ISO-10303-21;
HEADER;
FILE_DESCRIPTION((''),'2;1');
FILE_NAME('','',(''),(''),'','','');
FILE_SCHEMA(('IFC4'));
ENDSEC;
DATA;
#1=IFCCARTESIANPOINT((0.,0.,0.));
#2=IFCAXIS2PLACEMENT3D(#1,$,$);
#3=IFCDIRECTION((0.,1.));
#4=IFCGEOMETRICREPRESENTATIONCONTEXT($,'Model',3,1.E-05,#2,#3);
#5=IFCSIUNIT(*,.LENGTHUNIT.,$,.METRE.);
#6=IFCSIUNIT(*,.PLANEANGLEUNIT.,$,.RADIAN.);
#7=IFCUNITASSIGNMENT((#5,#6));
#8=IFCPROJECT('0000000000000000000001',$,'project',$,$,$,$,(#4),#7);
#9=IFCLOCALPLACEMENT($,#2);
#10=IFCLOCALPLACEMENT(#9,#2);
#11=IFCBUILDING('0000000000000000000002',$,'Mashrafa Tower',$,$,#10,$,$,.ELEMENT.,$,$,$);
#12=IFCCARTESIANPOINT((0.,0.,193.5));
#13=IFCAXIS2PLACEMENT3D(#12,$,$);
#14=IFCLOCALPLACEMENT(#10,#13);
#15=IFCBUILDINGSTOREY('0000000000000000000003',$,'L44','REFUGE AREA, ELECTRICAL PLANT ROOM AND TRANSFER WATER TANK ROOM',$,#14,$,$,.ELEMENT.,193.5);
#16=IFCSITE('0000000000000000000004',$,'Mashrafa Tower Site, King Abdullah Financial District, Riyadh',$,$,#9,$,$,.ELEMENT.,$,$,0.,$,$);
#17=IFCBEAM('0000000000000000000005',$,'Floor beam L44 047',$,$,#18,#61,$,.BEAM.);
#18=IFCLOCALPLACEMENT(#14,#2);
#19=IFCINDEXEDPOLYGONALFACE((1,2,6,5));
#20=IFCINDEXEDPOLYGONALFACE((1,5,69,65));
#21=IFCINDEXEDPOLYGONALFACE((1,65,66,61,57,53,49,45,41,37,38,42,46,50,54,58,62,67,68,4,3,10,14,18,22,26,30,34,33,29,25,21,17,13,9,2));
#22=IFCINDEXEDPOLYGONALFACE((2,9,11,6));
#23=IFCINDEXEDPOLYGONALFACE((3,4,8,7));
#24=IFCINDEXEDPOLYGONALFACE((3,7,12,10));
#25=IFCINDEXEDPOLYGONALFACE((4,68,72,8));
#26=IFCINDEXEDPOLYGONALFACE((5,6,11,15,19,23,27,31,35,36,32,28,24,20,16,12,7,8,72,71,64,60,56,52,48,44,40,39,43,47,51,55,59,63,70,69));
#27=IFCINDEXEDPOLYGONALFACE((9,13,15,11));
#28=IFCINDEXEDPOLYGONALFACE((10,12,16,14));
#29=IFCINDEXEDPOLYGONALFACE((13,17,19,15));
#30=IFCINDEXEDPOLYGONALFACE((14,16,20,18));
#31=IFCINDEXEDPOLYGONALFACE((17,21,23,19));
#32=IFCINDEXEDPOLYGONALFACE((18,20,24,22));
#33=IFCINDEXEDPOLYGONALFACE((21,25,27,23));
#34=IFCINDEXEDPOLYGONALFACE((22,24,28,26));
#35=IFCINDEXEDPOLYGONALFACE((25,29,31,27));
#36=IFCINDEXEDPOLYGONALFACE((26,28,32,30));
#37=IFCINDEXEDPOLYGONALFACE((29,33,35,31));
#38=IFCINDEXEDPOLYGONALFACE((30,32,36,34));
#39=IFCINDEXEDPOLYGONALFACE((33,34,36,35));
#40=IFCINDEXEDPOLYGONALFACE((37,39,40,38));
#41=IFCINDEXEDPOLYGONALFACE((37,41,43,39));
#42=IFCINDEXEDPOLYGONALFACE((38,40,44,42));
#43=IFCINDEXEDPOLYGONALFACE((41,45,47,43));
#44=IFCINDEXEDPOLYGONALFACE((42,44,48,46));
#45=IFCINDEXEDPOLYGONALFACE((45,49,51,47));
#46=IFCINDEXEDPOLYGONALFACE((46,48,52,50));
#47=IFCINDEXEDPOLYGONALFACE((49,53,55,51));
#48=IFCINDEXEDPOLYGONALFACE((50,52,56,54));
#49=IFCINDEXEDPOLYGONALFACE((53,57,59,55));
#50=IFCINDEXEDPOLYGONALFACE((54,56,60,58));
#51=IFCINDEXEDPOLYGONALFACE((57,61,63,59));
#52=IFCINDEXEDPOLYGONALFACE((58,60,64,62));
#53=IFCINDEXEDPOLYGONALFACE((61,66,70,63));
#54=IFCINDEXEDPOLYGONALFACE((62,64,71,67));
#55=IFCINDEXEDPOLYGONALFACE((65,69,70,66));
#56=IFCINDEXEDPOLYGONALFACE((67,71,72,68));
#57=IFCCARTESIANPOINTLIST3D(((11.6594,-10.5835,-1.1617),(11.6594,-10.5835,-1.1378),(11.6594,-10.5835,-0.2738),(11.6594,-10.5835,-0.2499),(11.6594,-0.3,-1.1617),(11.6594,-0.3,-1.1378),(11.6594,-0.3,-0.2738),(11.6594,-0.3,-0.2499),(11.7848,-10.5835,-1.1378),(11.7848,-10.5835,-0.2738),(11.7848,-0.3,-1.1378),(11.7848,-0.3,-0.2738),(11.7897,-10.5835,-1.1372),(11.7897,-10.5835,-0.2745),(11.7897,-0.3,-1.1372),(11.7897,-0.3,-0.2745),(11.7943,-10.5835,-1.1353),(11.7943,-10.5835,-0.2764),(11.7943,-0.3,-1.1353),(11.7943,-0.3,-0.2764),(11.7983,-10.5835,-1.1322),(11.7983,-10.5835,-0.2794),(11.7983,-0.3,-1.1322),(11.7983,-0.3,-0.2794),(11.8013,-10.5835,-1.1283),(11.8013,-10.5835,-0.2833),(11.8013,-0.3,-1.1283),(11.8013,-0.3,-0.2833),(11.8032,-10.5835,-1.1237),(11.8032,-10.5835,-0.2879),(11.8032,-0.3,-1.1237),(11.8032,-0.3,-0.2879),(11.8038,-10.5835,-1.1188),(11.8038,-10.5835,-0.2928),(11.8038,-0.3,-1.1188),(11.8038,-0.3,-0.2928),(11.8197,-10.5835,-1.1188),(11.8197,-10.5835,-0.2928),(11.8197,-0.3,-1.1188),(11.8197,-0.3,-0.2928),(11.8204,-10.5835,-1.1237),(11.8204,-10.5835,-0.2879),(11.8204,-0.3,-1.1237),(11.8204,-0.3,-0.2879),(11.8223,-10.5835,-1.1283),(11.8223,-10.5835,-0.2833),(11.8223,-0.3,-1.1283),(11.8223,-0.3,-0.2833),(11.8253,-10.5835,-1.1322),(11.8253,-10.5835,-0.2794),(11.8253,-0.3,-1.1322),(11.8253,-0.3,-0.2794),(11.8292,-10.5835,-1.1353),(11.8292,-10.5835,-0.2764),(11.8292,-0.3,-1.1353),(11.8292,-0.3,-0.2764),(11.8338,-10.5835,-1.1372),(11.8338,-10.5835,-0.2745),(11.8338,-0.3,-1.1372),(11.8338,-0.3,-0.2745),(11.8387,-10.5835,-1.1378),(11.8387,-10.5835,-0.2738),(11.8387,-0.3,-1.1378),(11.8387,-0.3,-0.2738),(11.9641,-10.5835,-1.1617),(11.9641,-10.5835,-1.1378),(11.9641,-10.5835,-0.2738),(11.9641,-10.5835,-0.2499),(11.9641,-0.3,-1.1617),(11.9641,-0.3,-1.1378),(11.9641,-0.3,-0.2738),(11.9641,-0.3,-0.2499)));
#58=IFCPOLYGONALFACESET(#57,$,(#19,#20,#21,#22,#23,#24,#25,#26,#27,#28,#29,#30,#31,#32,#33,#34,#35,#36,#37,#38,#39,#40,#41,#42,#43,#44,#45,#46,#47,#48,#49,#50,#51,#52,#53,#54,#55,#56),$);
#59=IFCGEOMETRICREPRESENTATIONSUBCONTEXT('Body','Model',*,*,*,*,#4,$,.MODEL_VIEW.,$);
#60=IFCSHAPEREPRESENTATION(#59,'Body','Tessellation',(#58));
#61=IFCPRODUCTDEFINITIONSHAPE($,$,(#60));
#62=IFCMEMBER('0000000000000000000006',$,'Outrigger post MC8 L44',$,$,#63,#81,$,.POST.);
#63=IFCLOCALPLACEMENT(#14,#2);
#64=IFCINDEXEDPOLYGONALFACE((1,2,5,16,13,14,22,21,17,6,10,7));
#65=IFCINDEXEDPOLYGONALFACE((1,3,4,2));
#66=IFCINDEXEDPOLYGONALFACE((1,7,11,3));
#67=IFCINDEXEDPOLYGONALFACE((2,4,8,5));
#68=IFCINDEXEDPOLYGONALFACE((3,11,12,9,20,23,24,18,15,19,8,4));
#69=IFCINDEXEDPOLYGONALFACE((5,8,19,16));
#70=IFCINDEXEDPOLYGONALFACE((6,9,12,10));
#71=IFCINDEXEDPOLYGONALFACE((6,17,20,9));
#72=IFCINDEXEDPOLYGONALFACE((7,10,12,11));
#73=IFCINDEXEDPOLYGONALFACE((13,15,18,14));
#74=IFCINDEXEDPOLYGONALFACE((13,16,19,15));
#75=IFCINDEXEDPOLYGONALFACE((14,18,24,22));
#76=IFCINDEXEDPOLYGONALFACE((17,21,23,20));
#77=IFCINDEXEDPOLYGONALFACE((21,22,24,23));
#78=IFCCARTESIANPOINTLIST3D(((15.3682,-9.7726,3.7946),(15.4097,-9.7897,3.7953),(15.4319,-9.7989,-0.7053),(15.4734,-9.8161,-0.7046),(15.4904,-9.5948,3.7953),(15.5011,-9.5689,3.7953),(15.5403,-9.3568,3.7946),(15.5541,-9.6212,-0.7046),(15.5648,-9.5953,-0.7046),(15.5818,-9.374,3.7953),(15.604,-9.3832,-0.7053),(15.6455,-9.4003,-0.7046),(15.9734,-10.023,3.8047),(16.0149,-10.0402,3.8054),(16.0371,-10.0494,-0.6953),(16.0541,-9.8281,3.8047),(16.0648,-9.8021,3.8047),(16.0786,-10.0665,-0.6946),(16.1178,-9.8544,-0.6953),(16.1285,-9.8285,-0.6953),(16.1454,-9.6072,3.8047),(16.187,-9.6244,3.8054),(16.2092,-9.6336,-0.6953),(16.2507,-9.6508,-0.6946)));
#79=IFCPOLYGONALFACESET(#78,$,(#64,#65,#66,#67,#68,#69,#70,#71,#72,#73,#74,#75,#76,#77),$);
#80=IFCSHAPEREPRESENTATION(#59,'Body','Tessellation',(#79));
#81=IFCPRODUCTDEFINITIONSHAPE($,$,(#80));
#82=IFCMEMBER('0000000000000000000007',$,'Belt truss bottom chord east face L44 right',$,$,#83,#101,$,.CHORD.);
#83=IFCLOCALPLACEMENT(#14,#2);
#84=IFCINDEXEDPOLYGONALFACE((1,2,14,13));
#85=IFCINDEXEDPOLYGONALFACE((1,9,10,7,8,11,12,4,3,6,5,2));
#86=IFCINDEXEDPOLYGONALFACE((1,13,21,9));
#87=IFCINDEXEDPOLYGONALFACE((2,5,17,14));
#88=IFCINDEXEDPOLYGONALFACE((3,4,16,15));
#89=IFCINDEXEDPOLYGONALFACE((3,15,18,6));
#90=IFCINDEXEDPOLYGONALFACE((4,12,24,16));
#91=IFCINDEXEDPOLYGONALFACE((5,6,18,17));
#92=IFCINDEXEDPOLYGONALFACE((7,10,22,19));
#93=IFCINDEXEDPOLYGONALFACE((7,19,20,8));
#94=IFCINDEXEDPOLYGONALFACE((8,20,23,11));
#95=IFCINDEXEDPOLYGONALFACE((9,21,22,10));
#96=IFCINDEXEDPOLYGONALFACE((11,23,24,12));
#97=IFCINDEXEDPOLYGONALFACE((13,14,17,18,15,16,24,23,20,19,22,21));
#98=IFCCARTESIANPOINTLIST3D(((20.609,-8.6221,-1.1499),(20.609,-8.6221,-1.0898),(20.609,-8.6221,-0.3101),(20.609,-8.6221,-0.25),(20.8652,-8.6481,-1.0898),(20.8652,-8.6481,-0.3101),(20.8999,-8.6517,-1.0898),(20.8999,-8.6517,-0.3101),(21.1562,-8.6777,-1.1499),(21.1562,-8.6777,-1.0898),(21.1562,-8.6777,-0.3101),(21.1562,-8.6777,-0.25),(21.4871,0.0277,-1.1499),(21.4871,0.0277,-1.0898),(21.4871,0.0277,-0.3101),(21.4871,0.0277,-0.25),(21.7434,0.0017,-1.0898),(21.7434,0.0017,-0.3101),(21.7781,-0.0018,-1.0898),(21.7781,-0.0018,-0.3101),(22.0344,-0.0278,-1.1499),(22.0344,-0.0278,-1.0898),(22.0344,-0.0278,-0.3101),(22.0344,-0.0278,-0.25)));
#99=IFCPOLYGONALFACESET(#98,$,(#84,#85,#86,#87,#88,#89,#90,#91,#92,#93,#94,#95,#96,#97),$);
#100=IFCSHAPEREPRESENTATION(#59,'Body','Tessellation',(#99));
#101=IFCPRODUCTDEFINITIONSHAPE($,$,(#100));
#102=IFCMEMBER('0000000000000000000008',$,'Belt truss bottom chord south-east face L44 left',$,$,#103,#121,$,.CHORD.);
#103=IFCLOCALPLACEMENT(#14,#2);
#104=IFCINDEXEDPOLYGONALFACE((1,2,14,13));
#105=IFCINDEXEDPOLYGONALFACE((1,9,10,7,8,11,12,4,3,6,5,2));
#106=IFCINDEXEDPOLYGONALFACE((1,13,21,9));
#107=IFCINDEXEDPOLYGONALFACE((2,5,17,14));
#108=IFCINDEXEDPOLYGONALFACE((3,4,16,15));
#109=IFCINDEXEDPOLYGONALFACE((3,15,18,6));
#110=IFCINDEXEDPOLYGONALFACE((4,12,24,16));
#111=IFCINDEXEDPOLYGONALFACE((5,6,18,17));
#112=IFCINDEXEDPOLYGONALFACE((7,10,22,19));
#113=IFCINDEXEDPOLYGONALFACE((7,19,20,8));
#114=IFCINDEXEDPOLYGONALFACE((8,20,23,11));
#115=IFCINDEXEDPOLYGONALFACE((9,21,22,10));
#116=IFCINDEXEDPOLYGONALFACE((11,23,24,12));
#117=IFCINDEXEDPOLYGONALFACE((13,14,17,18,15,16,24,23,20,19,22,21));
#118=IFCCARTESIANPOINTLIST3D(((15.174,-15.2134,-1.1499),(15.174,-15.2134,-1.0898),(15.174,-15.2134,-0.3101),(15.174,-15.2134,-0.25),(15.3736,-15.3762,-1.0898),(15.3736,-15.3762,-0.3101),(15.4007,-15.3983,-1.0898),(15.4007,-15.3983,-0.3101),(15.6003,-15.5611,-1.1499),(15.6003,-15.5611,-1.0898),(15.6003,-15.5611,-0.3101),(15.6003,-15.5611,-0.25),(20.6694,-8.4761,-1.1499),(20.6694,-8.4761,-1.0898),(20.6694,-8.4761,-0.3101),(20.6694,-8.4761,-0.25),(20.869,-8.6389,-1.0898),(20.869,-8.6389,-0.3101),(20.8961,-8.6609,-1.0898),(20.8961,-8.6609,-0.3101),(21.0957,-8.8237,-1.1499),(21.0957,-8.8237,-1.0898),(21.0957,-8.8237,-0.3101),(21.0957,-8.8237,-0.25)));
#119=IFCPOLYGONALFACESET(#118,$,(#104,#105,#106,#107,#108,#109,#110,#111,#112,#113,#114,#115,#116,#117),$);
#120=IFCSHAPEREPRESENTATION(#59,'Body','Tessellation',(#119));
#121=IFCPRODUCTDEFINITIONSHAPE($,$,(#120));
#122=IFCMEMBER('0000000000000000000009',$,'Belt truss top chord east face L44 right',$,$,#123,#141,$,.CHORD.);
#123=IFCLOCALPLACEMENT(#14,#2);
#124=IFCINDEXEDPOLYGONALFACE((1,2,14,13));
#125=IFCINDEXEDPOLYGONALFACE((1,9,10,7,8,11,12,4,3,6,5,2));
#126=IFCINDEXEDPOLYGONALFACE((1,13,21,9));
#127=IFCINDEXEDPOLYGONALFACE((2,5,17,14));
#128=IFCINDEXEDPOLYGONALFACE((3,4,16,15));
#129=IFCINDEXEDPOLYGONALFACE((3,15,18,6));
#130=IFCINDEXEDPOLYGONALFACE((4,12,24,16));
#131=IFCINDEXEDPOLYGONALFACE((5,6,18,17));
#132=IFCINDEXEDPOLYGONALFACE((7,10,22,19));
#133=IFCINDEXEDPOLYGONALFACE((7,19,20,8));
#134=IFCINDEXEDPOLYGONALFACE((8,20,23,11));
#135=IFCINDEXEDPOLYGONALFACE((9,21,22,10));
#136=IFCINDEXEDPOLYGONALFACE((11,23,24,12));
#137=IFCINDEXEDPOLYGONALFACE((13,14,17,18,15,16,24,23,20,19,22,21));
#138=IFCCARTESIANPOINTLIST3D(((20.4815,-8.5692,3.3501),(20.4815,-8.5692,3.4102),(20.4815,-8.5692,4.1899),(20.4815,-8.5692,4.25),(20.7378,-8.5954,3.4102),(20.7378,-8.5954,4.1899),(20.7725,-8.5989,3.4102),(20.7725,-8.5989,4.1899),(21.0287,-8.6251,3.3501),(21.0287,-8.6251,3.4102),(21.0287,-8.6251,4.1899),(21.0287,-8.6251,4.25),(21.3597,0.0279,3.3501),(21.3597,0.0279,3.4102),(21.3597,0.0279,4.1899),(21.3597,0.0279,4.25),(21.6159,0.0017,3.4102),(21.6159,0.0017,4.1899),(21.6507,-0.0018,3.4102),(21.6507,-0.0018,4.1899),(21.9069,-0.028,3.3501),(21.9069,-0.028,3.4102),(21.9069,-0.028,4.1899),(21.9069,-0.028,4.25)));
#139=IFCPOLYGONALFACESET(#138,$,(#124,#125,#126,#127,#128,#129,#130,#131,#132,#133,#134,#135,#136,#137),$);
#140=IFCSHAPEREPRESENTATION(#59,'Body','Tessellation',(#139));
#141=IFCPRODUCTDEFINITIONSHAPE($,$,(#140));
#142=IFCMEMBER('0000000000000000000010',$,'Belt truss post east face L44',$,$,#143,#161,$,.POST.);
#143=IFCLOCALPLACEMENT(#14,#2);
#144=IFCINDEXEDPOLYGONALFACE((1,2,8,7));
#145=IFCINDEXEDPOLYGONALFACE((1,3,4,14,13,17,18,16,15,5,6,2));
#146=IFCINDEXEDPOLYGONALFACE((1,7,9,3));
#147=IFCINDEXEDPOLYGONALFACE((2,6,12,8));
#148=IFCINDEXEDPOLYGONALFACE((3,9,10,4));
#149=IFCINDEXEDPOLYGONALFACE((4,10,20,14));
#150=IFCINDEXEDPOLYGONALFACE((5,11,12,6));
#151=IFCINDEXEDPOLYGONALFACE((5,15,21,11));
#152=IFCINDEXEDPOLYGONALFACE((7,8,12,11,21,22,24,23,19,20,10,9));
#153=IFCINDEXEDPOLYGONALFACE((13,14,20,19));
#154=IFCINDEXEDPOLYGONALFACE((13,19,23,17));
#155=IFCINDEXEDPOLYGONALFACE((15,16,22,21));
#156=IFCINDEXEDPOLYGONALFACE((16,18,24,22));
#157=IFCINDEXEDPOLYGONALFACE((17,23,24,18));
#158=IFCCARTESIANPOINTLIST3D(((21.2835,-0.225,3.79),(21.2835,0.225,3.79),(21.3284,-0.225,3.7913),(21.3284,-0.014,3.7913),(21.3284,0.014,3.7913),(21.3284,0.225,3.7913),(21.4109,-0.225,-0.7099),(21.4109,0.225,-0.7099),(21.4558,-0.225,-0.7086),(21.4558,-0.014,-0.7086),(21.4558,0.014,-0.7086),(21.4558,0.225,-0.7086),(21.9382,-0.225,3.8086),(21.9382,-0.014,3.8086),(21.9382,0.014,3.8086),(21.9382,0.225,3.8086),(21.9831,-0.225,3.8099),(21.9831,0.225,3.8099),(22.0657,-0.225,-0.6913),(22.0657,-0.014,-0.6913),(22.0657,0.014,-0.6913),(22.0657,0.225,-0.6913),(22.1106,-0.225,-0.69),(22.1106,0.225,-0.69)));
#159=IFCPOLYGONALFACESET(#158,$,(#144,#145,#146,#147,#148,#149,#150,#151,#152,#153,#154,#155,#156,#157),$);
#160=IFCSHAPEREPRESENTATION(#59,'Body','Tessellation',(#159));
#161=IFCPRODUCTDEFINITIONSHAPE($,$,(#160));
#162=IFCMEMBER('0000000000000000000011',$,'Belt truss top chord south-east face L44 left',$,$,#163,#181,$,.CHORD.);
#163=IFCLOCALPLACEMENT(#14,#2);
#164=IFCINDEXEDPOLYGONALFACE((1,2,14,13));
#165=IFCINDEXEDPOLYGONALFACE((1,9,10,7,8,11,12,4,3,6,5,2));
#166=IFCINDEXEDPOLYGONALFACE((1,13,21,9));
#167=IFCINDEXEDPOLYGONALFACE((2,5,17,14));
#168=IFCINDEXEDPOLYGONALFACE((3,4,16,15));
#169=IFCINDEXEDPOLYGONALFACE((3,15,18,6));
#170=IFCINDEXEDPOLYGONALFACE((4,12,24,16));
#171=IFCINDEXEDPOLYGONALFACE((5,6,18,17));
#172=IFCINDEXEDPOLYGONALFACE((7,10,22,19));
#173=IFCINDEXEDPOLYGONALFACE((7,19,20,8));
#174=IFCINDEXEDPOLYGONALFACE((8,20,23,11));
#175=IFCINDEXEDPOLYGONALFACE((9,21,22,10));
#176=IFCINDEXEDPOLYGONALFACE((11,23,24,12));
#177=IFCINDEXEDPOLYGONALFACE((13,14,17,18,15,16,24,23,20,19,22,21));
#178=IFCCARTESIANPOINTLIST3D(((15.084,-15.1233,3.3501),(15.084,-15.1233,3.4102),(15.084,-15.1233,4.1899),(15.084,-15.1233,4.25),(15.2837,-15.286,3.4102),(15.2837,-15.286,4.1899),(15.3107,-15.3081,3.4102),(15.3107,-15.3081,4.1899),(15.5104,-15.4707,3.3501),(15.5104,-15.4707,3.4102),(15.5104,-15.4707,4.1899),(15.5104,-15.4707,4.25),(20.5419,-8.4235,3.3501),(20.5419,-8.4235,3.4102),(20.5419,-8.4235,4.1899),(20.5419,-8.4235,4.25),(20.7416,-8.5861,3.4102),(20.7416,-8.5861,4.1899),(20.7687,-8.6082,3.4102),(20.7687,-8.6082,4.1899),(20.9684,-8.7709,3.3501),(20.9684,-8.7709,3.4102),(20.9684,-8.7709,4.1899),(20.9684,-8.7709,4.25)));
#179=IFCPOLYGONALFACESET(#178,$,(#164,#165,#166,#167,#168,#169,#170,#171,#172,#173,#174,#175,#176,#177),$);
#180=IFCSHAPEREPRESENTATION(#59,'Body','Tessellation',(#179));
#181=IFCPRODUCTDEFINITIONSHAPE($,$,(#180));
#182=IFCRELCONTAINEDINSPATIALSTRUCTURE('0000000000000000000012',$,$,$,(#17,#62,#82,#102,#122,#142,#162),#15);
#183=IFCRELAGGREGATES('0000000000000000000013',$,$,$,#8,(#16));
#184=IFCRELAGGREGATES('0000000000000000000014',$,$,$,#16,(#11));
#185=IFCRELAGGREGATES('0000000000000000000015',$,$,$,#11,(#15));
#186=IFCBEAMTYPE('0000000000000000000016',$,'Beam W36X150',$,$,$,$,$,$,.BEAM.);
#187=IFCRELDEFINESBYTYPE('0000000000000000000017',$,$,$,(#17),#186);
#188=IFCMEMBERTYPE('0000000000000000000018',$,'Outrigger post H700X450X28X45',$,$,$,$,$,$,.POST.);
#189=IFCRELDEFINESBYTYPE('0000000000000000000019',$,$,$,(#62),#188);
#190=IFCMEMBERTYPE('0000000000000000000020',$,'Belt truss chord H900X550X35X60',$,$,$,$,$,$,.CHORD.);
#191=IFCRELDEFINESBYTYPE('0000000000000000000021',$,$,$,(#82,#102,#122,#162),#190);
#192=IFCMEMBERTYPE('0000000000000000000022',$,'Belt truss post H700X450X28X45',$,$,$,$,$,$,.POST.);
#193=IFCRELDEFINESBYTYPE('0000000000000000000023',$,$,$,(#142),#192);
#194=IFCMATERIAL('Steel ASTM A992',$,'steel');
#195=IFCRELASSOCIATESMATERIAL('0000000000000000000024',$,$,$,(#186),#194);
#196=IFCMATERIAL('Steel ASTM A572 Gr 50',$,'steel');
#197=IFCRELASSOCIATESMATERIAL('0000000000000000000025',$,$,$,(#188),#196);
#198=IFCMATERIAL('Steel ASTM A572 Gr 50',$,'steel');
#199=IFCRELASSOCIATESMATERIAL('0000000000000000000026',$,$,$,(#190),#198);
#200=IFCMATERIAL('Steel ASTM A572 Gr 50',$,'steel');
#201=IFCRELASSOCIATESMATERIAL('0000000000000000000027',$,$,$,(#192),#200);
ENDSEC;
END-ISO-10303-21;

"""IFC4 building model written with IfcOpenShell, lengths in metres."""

from ifc_helpers import new_model, si_unit, direction, frame, origin, origin_2d, place, context, subcontext, project, spatial, i_section, extrude, source, transform, mapped, material, material_profile, profile_set, type_object, type_shapes, element, save


model = new_model("IFC4")

# Units and contexts
model_context = context("Model", 3, precision=1e-05, world=origin(), true_north=direction((0.0, 1.0)))
body_context = subcontext(model_context, "Body", "Model", "MODEL_VIEW")
ifc_project = project(units=[si_unit("LENGTHUNIT", "METRE"), si_unit("PLANEANGLEUNIT", "RADIAN")], contexts=[model_context])

# Site, building, storey
site_placement = place(None, origin())
site = spatial("IfcSite", under=ifc_project, at=site_placement, Name="Mashrafa Tower Site, King Abdullah Financial District, Riyadh", CompositionType="ELEMENT", RefElevation=0.0)
building_placement = place(site_placement, origin())
building = spatial("IfcBuilding", under=site, at=building_placement, Name="Mashrafa Tower", CompositionType="ELEMENT")
storey_placement = place(building_placement, frame((0.0, 0.0, 193.5)))
storey = spatial("IfcBuildingStorey", under=building, at=storey_placement, Name="L44", Description="REFUGE AREA, ELECTRICAL PLANT ROOM AND TRANSFER WATER TANK ROOM", CompositionType="ELEMENT", Elevation=193.5)

# Beam
ifc_material_1 = material(Name="Steel ASTM A992", Category="steel")
ifc_material_profile_1 = material_profile(ifc_material_1, i_section(OverallWidth=0.3047, OverallDepth=0.9119, WebThickness=0.0159, FlangeThickness=0.0239, FilletRadius=0.019, at=origin_2d()), Name="W36X150")
ifc_profile_set_1 = profile_set([ifc_material_profile_1], Name="Steel ASTM A992")
beam_type_1 = type_object("IfcBeamType", Name="Beam W36X150", PredefinedType="BEAM", material=ifc_profile_set_1)
beam_1_placement = place(storey_placement, frame((11.8118, -0.3, -0.7058), z_axis=(0.0, -1.0, 0.0), x_axis=(1.0, 0.0, 0.0)))
element("IfcBeam", 1, at=beam_1_placement, inside=storey, type_object=beam_type_1, Name="Floor beam L44 047", PredefinedType="BEAM", context=body_context, shape_type="SweptSolid", body=[
    extrude(i_section(OverallWidth=0.3047, OverallDepth=0.9119, WebThickness=0.0159, FlangeThickness=0.0239, FilletRadius=0.019, at=origin_2d()), origin(), (0.0, 0.0, 1.0), 10.2834),
])

# Members
ifc_material_2 = material(Name="Steel ASTM A572 Gr 50", Category="steel")
ifc_material_profile_2 = material_profile(ifc_material_2, i_section(OverallWidth=0.45, OverallDepth=0.7, WebThickness=0.0281, FlangeThickness=0.0449, at=origin_2d()), Name="H700X450X28X45")
ifc_profile_set_2 = profile_set([ifc_material_profile_2], Name="Steel ASTM A572 Gr 50")
member_type_1 = type_object("IfcMemberType", Name="Outrigger post H700X450X28X45", PredefinedType="POST", material=ifc_profile_set_2)
shared_shape_1 = source(origin(), body_context, "Body", "SweptSolid", [
    extrude(i_section(OverallWidth=0.45, OverallDepth=0.7, WebThickness=0.0281, FlangeThickness=0.0449, at=origin_2d()), origin(), (0.0, 0.0, 1.0), 4.5005),
])
type_shapes(member_type_1, [shared_shape_1])
member_1_placement = place(storey_placement, frame((15.8413, -9.7249, -0.7), z_axis=(-0.014158, 0.005859, 0.999883), x_axis=(-0.382352, -0.924017, 0.0)))
element("IfcMember", 2, at=member_1_placement, inside=storey, type_object=member_type_1, Name="Outrigger post MC8 L44", PredefinedType="POST", context=body_context, shape_type="MappedRepresentation", body=[
    mapped(shared_shape_1, transform((0.0, 0.0, 0.0))),
])
ifc_material_3 = material(Name="Steel ASTM A572 Gr 50", Category="steel")
ifc_material_profile_3 = material_profile(ifc_material_3, i_section(OverallWidth=0.55, OverallDepth=0.8999, WebThickness=0.0349, FlangeThickness=0.0601, at=origin_2d()), Name="H900X550X35X60")
ifc_profile_set_3 = profile_set([ifc_material_profile_3], Name="Steel ASTM A572 Gr 50")
member_type_2 = type_object("IfcMemberType", Name="Belt truss chord H900X550X35X60", PredefinedType="CHORD", material=ifc_profile_set_3)
shared_shape_2 = source(origin(), body_context, "Body", "SweptSolid", [
    extrude(i_section(OverallWidth=0.55, OverallDepth=0.8999, WebThickness=0.0349, FlangeThickness=0.0601, at=origin_2d()), origin(), (0.0, 0.0, 1.0), 8.6943),
])
for number, where, z_axis, x_axis, name in (
    (3, (20.8826, -8.6499, -0.7), (0.101005, 0.994886, 0.0), (-0.994886, 0.101005, 0.0), "Belt truss bottom chord east face L44 right"),
    (4, (20.8826, -8.6499, -0.7), (-0.632067, -0.774914, 0.0), (0.774914, -0.632067, 0.0), "Belt truss bottom chord south-east face L44 left"),
):
    element("IfcMember", number, at=place(storey_placement, frame(where, z_axis=z_axis, x_axis=x_axis)), inside=storey, type_object=member_type_2, Name=name, PredefinedType="CHORD", context=body_context, shape_type="MappedRepresentation", body=[
        mapped(shared_shape_2, transform((0.0, 0.0, 0.0))),
    ])
shared_shape_3 = source(origin(), body_context, "Body", "SweptSolid", [
    extrude(i_section(OverallWidth=0.55, OverallDepth=0.8999, WebThickness=0.0349, FlangeThickness=0.0601, at=origin_2d()), origin(), (0.0, 0.0, 1.0), 8.6418),
])
member_2_placement = place(storey_placement, frame((20.7551, -8.5972, 3.8), z_axis=(0.101618, 0.994823, 0.0), x_axis=(-0.994823, 0.101618, 0.0)))
element("IfcMember", 5, at=member_2_placement, inside=storey, type_object=member_type_2, Name="Belt truss top chord east face L44 right", PredefinedType="CHORD", context=body_context, shape_type="MappedRepresentation", body=[
    mapped(shared_shape_3, transform((0.0, 0.0, 0.0))),
])
ifc_material_4 = material(Name="Steel ASTM A572 Gr 50", Category="steel")
ifc_material_profile_4 = material_profile(ifc_material_4, i_section(OverallWidth=0.45, OverallDepth=0.7, WebThickness=0.0281, FlangeThickness=0.0449, at=origin_2d()), Name="H700X450X28X45")
ifc_profile_set_4 = profile_set([ifc_material_profile_4], Name="Steel ASTM A572 Gr 50")
member_type_3 = type_object("IfcMemberType", Name="Belt truss post H700X450X28X45", PredefinedType="POST", material=ifc_profile_set_4)
shared_shape_4 = source(origin(), body_context, "Body", "SweptSolid", [
    extrude(i_section(OverallWidth=0.45, OverallDepth=0.7, WebThickness=0.0281, FlangeThickness=0.0449, at=origin_2d()), origin(), (0.0, 0.0, 1.0), 4.5017),
])
type_shapes(member_type_3, [shared_shape_4])
member_3_placement = place(storey_placement, frame((21.7607, 0.0, -0.7), z_axis=(-0.028309, 0.0, 0.999599), x_axis=(0.0, -1.0, 0.0)))
element("IfcMember", 6, at=member_3_placement, inside=storey, type_object=member_type_3, Name="Belt truss post east face L44", PredefinedType="POST", context=body_context, shape_type="MappedRepresentation", body=[
    mapped(shared_shape_4, transform((0.0, 0.0, 0.0))),
])
shared_shape_5 = source(origin(), body_context, "Body", "SweptSolid", [
    extrude(i_section(OverallWidth=0.55, OverallDepth=0.8999, WebThickness=0.0349, FlangeThickness=0.0601, at=origin_2d()), origin(), (0.0, 0.0, 1.0), 8.6416),
])
type_shapes(member_type_2, [shared_shape_2, shared_shape_3, shared_shape_5])
member_4_placement = place(storey_placement, frame((20.7551, -8.5972, 3.8), z_axis=(-0.631589, -0.775304, 0.0), x_axis=(0.775304, -0.631589, 0.0)))
element("IfcMember", 7, at=member_4_placement, inside=storey, type_object=member_type_2, Name="Belt truss top chord south-east face L44 left", PredefinedType="CHORD", context=body_context, shape_type="MappedRepresentation", body=[
    mapped(shared_shape_5, transform((0.0, 0.0, 0.0))),
])

save(model, "model.ifc")
